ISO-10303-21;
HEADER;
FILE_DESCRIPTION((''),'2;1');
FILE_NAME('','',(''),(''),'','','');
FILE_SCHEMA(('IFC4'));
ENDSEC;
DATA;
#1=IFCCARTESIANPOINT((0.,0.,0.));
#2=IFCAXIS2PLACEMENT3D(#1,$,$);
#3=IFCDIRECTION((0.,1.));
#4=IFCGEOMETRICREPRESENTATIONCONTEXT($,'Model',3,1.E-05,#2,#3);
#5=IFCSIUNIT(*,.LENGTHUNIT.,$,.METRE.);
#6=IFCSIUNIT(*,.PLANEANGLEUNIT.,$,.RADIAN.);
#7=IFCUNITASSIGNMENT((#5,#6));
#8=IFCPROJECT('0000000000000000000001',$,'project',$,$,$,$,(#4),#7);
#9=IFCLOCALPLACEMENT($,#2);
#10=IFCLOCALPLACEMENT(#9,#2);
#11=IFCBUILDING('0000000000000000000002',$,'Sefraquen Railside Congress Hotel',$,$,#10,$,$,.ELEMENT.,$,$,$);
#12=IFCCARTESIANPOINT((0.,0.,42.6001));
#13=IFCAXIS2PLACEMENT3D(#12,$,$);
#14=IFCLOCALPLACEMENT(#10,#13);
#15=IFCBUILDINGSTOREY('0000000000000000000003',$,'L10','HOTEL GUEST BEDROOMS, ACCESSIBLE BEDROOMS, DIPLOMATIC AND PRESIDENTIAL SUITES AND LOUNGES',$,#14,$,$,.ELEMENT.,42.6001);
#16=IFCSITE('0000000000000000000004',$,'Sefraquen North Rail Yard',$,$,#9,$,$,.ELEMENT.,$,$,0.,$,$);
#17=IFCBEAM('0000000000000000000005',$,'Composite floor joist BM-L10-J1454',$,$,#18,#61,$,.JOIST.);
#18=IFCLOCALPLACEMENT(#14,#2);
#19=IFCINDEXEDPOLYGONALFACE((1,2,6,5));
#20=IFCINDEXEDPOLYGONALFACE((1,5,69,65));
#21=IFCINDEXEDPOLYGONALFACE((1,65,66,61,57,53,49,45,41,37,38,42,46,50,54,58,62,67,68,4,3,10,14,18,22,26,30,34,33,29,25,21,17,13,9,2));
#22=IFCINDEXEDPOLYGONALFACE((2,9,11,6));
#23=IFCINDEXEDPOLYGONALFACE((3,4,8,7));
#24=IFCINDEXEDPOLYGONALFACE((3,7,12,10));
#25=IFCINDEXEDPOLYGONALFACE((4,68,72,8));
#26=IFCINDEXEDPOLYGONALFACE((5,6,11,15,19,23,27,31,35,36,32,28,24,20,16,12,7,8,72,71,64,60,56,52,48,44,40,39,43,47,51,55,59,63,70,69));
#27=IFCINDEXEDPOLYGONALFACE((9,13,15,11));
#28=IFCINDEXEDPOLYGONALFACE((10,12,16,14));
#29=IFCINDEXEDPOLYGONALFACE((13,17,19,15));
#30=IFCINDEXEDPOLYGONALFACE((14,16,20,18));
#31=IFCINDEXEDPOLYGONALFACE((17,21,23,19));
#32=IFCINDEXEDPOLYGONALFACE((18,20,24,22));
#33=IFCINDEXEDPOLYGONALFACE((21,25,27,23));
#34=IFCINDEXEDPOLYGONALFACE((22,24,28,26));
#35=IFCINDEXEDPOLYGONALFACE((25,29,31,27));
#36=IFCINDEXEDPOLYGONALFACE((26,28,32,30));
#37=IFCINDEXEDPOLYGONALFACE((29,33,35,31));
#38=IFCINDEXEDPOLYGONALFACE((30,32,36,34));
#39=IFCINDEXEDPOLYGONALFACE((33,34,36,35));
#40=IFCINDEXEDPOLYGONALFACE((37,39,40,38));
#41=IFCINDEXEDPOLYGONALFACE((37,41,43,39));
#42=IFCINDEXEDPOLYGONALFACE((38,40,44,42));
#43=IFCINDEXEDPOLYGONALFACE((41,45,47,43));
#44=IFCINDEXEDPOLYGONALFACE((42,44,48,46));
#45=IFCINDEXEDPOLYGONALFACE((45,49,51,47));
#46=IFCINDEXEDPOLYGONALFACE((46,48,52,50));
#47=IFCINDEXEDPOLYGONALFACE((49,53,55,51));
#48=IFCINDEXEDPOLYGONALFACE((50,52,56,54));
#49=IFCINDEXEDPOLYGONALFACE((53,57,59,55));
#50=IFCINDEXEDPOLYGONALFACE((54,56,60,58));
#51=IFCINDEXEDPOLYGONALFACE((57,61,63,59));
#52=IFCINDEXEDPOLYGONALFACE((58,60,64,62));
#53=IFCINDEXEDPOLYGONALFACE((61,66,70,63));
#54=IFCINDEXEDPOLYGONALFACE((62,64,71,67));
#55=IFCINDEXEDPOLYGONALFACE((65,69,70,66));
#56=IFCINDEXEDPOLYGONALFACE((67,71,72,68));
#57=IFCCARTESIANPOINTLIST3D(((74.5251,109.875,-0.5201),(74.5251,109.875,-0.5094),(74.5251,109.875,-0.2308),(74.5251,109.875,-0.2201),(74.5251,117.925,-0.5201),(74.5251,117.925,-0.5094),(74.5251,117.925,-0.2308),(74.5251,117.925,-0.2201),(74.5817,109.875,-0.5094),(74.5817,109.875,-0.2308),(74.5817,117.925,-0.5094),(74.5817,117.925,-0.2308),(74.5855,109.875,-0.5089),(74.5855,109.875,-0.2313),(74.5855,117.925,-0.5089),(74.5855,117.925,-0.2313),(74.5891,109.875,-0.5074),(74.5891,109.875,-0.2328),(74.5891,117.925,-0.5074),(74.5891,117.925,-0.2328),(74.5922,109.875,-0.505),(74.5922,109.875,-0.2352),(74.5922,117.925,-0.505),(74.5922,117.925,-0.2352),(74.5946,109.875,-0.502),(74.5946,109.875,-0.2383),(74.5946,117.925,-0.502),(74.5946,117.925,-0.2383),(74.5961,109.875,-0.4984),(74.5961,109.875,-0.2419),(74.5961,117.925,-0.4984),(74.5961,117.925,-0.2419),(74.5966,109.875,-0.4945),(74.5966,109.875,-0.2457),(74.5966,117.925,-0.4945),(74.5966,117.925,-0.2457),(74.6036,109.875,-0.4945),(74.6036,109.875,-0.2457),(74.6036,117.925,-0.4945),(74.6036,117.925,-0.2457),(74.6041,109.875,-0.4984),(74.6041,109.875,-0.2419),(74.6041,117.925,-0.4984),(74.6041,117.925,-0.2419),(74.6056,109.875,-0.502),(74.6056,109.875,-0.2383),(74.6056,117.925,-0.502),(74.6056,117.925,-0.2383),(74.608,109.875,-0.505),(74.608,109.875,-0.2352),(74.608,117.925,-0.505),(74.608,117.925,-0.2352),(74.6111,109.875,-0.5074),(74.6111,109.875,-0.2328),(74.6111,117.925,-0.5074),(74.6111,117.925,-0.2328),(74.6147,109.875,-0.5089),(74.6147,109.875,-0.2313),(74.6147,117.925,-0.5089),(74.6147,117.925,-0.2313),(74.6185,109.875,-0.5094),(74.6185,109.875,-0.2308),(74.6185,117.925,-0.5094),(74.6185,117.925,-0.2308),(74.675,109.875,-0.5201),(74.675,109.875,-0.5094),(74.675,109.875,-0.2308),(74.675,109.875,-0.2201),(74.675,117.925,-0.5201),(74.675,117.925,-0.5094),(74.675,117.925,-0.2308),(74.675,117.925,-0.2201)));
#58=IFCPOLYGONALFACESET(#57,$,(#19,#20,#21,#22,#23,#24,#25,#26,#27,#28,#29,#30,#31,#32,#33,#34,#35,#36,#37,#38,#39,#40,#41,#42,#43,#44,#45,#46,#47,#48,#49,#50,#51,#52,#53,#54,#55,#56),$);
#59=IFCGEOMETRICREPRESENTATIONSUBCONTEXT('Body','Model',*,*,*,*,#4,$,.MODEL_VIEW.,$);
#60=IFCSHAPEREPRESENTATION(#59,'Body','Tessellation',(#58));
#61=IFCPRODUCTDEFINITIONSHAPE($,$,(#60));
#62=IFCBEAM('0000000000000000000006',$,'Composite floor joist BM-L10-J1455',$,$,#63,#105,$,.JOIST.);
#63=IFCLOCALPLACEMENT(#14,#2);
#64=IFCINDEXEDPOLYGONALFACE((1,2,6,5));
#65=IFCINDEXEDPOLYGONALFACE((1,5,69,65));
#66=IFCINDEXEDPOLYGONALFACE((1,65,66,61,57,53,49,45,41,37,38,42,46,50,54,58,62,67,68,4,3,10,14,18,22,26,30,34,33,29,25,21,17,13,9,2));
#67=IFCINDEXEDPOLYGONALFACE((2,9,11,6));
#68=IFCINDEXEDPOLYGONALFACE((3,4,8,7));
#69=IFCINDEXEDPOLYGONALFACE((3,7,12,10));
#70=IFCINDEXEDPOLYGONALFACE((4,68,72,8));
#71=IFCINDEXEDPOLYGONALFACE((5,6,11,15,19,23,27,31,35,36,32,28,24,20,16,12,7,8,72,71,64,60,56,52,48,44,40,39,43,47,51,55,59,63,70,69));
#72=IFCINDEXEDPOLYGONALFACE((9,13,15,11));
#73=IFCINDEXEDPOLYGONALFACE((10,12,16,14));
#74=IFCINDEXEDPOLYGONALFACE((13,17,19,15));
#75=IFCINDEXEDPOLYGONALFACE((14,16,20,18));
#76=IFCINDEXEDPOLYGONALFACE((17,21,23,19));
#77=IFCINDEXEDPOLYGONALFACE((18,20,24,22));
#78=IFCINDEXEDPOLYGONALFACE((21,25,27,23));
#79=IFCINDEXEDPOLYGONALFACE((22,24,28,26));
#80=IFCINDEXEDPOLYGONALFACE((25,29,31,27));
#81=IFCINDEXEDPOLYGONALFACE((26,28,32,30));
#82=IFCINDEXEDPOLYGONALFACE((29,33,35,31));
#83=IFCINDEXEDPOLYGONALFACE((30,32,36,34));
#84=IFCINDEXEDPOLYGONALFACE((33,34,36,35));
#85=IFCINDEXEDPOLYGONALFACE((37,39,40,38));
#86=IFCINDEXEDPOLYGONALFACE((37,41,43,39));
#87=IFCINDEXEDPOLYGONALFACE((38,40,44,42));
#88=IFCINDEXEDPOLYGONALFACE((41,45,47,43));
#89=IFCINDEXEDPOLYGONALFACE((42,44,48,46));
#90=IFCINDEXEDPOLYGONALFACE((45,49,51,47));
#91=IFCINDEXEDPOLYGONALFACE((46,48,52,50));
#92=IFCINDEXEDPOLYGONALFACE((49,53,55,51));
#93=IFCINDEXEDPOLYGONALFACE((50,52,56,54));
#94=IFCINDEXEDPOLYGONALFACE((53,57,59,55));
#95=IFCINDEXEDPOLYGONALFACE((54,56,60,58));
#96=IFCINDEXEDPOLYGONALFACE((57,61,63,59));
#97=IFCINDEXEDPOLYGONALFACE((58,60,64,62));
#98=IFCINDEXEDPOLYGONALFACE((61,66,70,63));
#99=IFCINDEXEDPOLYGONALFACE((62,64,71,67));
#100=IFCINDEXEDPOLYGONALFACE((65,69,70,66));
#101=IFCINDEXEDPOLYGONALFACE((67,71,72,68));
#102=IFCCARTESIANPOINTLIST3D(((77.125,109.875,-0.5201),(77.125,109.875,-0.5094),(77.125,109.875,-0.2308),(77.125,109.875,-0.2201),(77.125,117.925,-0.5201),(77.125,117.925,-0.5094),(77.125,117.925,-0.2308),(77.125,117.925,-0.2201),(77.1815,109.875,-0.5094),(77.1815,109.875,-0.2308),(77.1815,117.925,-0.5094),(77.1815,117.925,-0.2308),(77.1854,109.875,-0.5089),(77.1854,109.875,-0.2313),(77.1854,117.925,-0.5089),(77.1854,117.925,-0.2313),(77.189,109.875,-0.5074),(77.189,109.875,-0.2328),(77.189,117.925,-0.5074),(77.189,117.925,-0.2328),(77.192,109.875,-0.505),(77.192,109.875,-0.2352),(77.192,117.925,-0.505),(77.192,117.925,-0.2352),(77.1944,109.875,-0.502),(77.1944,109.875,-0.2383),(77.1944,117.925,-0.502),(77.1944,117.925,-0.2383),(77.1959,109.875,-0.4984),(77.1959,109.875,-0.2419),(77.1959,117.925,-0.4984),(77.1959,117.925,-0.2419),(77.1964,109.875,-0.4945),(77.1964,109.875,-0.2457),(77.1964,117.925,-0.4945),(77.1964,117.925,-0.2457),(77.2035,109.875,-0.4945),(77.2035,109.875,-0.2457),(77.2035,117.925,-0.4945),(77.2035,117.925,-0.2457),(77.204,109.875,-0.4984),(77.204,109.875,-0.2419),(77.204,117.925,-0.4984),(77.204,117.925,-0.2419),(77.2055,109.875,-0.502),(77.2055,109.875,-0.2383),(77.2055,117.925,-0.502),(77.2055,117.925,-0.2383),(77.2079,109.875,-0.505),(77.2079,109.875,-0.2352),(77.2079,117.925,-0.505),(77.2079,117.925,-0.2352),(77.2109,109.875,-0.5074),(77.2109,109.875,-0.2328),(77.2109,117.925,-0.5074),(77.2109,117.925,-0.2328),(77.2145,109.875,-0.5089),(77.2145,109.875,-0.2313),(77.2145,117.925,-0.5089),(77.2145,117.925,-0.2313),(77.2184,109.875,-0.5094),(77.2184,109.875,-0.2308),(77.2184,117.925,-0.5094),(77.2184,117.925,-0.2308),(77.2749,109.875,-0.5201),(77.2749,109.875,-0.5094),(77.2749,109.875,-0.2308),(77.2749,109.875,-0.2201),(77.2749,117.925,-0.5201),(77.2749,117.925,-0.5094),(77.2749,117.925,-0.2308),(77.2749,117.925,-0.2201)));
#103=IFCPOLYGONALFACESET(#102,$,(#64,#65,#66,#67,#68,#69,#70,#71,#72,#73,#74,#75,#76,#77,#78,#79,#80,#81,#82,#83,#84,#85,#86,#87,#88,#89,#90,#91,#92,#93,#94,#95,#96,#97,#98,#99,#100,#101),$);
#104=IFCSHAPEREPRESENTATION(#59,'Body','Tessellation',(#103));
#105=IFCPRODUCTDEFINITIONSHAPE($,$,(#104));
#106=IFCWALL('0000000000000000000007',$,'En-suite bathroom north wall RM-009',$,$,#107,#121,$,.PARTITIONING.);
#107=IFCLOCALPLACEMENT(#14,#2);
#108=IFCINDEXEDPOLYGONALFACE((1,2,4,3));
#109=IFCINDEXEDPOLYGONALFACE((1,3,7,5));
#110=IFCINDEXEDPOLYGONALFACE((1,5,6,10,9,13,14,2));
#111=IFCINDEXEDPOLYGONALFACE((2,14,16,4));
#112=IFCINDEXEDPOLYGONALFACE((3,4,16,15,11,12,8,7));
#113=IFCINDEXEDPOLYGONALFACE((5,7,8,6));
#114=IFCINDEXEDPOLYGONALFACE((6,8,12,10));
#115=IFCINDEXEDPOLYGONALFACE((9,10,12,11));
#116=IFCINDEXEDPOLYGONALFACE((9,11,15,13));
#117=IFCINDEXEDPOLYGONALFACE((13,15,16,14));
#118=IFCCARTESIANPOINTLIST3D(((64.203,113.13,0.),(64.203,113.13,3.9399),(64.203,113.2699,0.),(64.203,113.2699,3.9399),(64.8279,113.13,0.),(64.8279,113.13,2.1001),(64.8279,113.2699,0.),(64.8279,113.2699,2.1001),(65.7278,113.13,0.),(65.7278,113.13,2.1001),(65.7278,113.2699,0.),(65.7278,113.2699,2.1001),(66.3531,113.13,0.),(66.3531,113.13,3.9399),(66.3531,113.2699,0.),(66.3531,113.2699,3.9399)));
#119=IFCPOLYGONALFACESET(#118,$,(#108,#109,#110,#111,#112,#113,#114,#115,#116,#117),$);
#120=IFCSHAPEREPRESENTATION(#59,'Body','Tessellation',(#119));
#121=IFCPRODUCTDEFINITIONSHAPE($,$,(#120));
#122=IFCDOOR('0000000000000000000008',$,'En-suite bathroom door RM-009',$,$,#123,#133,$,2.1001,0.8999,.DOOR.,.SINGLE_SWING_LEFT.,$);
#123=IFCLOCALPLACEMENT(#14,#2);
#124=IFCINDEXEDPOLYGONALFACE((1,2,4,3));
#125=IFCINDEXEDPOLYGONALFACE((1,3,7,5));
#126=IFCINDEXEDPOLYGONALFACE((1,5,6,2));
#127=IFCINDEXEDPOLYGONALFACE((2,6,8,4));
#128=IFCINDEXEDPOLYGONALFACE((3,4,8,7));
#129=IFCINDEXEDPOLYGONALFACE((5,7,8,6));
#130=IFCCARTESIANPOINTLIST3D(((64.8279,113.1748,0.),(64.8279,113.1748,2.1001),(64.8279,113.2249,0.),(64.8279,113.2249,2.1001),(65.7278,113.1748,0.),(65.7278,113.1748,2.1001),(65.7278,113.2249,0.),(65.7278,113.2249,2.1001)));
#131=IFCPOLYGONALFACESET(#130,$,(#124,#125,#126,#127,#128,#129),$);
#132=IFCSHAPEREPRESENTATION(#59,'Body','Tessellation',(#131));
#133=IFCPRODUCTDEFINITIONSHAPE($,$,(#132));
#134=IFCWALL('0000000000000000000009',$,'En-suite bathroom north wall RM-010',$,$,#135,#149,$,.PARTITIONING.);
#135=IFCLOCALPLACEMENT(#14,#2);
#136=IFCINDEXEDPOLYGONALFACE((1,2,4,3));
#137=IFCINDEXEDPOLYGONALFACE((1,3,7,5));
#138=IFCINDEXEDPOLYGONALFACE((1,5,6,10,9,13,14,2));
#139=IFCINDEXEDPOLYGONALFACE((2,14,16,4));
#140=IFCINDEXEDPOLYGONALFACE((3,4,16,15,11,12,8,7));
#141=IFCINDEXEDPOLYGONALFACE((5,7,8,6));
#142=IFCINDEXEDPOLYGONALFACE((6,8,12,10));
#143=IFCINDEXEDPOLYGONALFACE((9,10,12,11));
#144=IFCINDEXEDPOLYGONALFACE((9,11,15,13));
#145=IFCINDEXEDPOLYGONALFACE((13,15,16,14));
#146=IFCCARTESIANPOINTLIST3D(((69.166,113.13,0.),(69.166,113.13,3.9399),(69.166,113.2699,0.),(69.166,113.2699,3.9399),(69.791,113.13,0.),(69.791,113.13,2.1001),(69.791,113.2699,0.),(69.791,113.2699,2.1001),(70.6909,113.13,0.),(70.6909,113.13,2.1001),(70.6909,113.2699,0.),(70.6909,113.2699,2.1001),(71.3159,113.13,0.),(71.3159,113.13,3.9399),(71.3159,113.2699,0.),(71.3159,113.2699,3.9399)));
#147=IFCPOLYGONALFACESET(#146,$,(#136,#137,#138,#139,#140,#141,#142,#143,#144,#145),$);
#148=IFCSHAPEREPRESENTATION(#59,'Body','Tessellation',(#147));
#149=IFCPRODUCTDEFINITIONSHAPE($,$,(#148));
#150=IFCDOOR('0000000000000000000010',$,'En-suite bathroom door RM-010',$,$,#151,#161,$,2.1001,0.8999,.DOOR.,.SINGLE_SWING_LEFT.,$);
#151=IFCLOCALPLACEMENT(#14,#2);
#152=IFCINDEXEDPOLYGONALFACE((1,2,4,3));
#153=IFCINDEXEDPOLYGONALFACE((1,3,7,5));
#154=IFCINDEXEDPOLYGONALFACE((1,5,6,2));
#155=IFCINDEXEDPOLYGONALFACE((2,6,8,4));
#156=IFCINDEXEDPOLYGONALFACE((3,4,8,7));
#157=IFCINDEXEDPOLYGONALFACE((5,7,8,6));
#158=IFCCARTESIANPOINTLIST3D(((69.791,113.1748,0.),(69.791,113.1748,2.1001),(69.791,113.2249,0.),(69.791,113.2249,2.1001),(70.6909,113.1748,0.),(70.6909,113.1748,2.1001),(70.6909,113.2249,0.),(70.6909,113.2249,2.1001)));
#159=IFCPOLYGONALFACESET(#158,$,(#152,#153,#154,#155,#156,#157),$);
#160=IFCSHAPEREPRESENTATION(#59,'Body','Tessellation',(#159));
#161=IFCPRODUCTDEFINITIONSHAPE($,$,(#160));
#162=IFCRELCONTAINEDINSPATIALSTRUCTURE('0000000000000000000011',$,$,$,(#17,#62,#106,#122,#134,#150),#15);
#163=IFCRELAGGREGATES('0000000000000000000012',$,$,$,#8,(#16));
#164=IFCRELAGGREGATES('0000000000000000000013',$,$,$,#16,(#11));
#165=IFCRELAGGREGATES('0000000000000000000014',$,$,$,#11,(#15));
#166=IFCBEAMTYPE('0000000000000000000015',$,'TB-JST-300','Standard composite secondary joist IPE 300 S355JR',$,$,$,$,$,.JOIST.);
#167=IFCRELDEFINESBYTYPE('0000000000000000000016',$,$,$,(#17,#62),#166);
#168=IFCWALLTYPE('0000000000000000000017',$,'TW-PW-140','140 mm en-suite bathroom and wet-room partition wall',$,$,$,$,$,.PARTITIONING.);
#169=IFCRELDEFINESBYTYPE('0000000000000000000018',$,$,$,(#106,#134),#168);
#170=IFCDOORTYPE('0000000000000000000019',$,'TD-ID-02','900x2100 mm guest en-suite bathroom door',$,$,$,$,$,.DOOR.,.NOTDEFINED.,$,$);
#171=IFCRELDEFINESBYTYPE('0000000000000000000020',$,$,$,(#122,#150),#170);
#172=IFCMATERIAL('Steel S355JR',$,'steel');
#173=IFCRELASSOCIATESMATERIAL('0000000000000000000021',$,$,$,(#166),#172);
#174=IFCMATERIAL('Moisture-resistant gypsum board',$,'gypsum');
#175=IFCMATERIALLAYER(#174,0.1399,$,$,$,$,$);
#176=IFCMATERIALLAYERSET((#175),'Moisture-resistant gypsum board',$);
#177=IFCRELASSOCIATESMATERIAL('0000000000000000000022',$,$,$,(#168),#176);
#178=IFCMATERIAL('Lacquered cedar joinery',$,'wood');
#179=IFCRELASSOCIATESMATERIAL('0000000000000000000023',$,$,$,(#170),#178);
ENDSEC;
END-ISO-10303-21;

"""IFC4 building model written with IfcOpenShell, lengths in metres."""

from ifc_helpers import new_model, si_unit, direction, frame, frame_2d, origin, origin_2d, place, context, subcontext, project, spatial, rectangle, i_section, extrude, material, layer, layer_set, material_profile, profile_set, type_object, element, fill, save


model = new_model("IFC4")

# Units and contexts
model_context = context("Model", 3, precision=1e-05, world=origin(), true_north=direction((0.0, 1.0)))
body_context = subcontext(model_context, "Body", "Model", "MODEL_VIEW")
ifc_project = project(units=[si_unit("LENGTHUNIT", "METRE"), si_unit("PLANEANGLEUNIT", "RADIAN")], contexts=[model_context])

# Site, building, storey
site_placement = place(None, origin())
site = spatial("IfcSite", under=ifc_project, at=site_placement, Name="Sefraquen North Rail Yard", CompositionType="ELEMENT", RefElevation=0.0)
building_placement = place(site_placement, origin())
building = spatial("IfcBuilding", under=site, at=building_placement, Name="Sefraquen Railside Congress Hotel", CompositionType="ELEMENT")
storey_placement = place(building_placement, frame((0.0, 0.0, 42.6001)))
storey = spatial("IfcBuildingStorey", under=building, at=storey_placement, Name="L10", Description="HOTEL GUEST BEDROOMS, ACCESSIBLE BEDROOMS, DIPLOMATIC AND PRESIDENTIAL SUITES AND LOUNGES", CompositionType="ELEMENT", Elevation=42.6001)

# Shared definitions
ifc_material_1 = material(Name="Steel S355JR", Category="steel")

# Beams
ifc_material_profile_1 = material_profile(ifc_material_1, i_section(OverallWidth=0.1499, OverallDepth=0.3, WebThickness=0.0071, FlangeThickness=0.0107, FilletRadius=0.0149, at=origin_2d()), Name="IPE 300")
ifc_profile_set_1 = profile_set([ifc_material_profile_1], Name="Steel S355JR")
beam_type_1 = type_object("IfcBeamType", Name="TB-JST-300", Description="Standard composite secondary joist IPE 300 S355JR", PredefinedType="JOIST", material=ifc_profile_set_1)
for number, where, z_axis, x_axis, name in (
    (1, (74.6001, 109.875, -0.3701), (0.0, 1.0, 0.0), (-1.0, 0.0, 0.0), "Composite floor joist BM-L10-J1454"),
    (2, (77.2, 109.875, -0.3701), (0.0, 1.0, 0.0), (-1.0, 0.0, 0.0), "Composite floor joist BM-L10-J1455"),
):
    element("IfcBeam", number, at=place(storey_placement, frame(where, z_axis=z_axis, x_axis=x_axis)), inside=storey, type_object=beam_type_1, Name=name, PredefinedType="JOIST", context=body_context, shape_type="SweptSolid", body=[
        extrude(i_section(OverallWidth=0.1499, OverallDepth=0.3, WebThickness=0.0071, FlangeThickness=0.0107, FilletRadius=0.0149, at=origin_2d()), origin(), (0.0, 0.0, 1.0), 8.05),
    ])

# Walls, openings, doors
ifc_material_2 = material(Name="Moisture-resistant gypsum board", Category="gypsum")
ifc_layer = layer(ifc_material_2, 0.1399)
ifc_layer_set = layer_set([ifc_layer], Name="Moisture-resistant gypsum board")
wall_type = type_object("IfcWallType", Name="TW-PW-140", Description="140 mm en-suite bathroom and wet-room partition wall", PredefinedType="PARTITIONING", material=ifc_layer_set)
wall_1_placement = place(storey_placement, frame((64.2029, 113.2, 0.0), z_axis=(0.0, 0.0, 1.0), x_axis=(1.0, 0.0, 0.0)))
wall_1 = element("IfcWall", 3, at=wall_1_placement, inside=storey, type_object=wall_type, Name="En-suite bathroom north wall RM-009", PredefinedType="PARTITIONING", context=body_context, shape_type="SweptSolid", body=[
    extrude(rectangle(XDim=2.1501, YDim=0.1399, at=frame_2d((1.0752, 0.0))), origin(), (0.0, 0.0, 1.0), 3.9399),
])
opening_1_placement = place(wall_1_placement, frame((0.625, 0.0, 0.0)))
opening_1 = element("IfcOpeningElement", 4, at=opening_1_placement, cuts=wall_1, PredefinedType="OPENING", context=body_context, shape_type="SweptSolid", body=[
    extrude(rectangle(XDim=0.8999, YDim=2.1001, at=frame_2d((0.45, 1.05))), frame((0.0, 0.0798, 0.0), z_axis=(0.0, -1.0, 0.0), x_axis=(1.0, 0.0, 0.0)), (0.0, 0.0, 1.0), 0.1599),
])
ifc_material_3 = material(Name="Lacquered cedar joinery", Category="wood")
door_type = type_object("IfcDoorType", Name="TD-ID-02", Description="900x2100 mm guest en-suite bathroom door", OperationType="NOTDEFINED", PredefinedType="DOOR", material=ifc_material_3)
door_1_placement = place(opening_1_placement, origin())
door_1 = element("IfcDoor", 5, at=door_1_placement, inside=storey, type_object=door_type, Name="En-suite bathroom door RM-009", OperationType="SINGLE_SWING_LEFT", OverallHeight=2.1001, OverallWidth=0.8999, PredefinedType="DOOR", context=body_context, shape_type="SweptSolid", body=[
    extrude(rectangle(XDim=0.8999, YDim=2.1001, at=frame_2d((0.45, 1.05))), frame((0.0, 0.0249, 0.0), z_axis=(0.0, -1.0, 0.0), x_axis=(1.0, 0.0, 0.0)), (0.0, 0.0, 1.0), 0.05),
])
fill(opening_1, door_1)
wall_2_placement = place(storey_placement, frame((69.166, 113.2, 0.0), z_axis=(0.0, 0.0, 1.0), x_axis=(1.0, 0.0, 0.0)))
wall_2 = element("IfcWall", 6, at=wall_2_placement, inside=storey, type_object=wall_type, Name="En-suite bathroom north wall RM-010", PredefinedType="PARTITIONING", context=body_context, shape_type="SweptSolid", body=[
    extrude(rectangle(XDim=2.1499, YDim=0.1399, at=frame_2d((1.075, 0.0))), origin(), (0.0, 0.0, 1.0), 3.9399),
])
opening_2_placement = place(wall_2_placement, frame((0.625, 0.0, 0.0)))
opening_2 = element("IfcOpeningElement", 7, at=opening_2_placement, cuts=wall_2, PredefinedType="OPENING", context=body_context, shape_type="SweptSolid", body=[
    extrude(rectangle(XDim=0.8999, YDim=2.1001, at=frame_2d((0.45, 1.05))), frame((0.0, 0.0798, 0.0), z_axis=(0.0, -1.0, 0.0), x_axis=(1.0, 0.0, 0.0)), (0.0, 0.0, 1.0), 0.1599),
])
door_2_placement = place(opening_2_placement, origin())
door_2 = element("IfcDoor", 8, at=door_2_placement, inside=storey, type_object=door_type, Name="En-suite bathroom door RM-010", OperationType="SINGLE_SWING_LEFT", OverallHeight=2.1001, OverallWidth=0.8999, PredefinedType="DOOR", context=body_context, shape_type="SweptSolid", body=[
    extrude(rectangle(XDim=0.8999, YDim=2.1001, at=frame_2d((0.45, 1.05))), frame((0.0, 0.0249, 0.0), z_axis=(0.0, -1.0, 0.0), x_axis=(1.0, 0.0, 0.0)), (0.0, 0.0, 1.0), 0.05),
])
fill(opening_2, door_2)

save(model, "model.ifc")
